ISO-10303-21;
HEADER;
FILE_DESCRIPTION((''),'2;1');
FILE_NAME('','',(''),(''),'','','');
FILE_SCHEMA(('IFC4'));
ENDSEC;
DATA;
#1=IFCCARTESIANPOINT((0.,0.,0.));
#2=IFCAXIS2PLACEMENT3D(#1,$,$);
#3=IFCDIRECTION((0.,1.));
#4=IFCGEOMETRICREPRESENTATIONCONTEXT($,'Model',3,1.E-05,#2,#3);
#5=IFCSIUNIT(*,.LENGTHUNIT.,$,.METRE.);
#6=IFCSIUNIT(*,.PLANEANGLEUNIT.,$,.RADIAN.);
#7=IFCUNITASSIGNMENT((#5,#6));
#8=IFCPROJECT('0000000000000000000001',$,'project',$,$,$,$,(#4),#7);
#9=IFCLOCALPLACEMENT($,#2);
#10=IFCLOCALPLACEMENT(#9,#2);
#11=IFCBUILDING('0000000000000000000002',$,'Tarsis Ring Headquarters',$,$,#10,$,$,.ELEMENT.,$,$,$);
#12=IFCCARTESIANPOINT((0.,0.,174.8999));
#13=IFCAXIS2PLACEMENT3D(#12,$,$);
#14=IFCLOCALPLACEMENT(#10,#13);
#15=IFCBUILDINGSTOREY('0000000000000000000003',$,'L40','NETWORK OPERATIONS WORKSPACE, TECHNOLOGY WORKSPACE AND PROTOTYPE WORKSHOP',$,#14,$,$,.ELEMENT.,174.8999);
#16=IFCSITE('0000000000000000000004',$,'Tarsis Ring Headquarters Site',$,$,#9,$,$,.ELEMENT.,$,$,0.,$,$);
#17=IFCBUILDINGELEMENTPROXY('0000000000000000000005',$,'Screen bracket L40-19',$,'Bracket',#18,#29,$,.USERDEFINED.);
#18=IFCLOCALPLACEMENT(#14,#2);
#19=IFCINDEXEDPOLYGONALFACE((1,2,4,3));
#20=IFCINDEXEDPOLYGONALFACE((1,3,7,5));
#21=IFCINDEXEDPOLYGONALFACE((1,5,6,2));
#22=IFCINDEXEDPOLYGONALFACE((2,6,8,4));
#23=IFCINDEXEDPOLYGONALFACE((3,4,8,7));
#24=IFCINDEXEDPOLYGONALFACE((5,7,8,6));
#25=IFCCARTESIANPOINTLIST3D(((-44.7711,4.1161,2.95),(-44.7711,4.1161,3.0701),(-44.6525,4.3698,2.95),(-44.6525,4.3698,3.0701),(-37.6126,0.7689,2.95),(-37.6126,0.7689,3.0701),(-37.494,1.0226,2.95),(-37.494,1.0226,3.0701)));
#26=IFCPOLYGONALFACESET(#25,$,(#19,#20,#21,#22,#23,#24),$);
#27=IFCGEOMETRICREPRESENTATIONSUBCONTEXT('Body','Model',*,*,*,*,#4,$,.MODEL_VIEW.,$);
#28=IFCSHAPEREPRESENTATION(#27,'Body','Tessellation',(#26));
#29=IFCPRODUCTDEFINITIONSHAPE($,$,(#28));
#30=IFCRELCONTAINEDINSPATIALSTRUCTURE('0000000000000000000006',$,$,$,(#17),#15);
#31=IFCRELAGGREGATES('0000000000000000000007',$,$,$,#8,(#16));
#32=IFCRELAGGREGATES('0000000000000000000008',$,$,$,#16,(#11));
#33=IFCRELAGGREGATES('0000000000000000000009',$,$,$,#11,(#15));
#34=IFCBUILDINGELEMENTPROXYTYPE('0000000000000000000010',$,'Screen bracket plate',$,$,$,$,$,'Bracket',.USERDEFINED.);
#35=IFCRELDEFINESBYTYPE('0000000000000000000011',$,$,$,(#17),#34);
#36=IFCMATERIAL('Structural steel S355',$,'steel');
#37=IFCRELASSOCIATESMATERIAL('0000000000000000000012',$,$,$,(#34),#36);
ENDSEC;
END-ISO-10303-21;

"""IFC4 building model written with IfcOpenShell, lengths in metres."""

from ifc_helpers import new_model, si_unit, direction, frame, origin, origin_2d, place, context, subcontext, project, spatial, rectangle, extrude, material, type_object, element, save


model = new_model("IFC4")

# Units and contexts
model_context = context("Model", 3, precision=1e-05, world=origin(), true_north=direction((0.0, 1.0)))
body_context = subcontext(model_context, "Body", "Model", "MODEL_VIEW")
ifc_project = project(units=[si_unit("LENGTHUNIT", "METRE"), si_unit("PLANEANGLEUNIT", "RADIAN")], contexts=[model_context])

# Site, building, storey
site_placement = place(None, origin())
site = spatial("IfcSite", under=ifc_project, at=site_placement, Name="Tarsis Ring Headquarters Site", CompositionType="ELEMENT", RefElevation=0.0)
building_placement = place(site_placement, origin())
building = spatial("IfcBuilding", under=site, at=building_placement, Name="Tarsis Ring Headquarters", CompositionType="ELEMENT")
storey_placement = place(building_placement, frame((0.0, 0.0, 174.8999)))
storey = spatial("IfcBuildingStorey", under=building, at=storey_placement, Name="L40", Description="NETWORK OPERATIONS WORKSPACE, TECHNOLOGY WORKSPACE AND PROTOTYPE WORKSHOP", CompositionType="ELEMENT", Elevation=174.8999)

# Shared definitions
ifc_material_1 = material(Name="Structural steel S355", Category="steel")

# Building element proxy
building_element_proxy_type = type_object("IfcBuildingElementProxyType", Name="Screen bracket plate", ElementType="Bracket", PredefinedType="USERDEFINED", material=ifc_material_1)
proxy_placement = place(storey_placement, frame((-41.1326, 2.5693, 2.95), z_axis=(0.0, 0.0, 1.0), x_axis=(0.905865, -0.423567, 0.0)))
element("IfcBuildingElementProxy", 1, at=proxy_placement, inside=storey, type_object=building_element_proxy_type, Name="Screen bracket L40-19", ObjectType="Bracket", PredefinedType="USERDEFINED", context=body_context, shape_type="SweptSolid", body=[
    extrude(rectangle(XDim=7.9023, YDim=0.28, at=origin_2d()), origin(), (0.0, 0.0, 1.0), 0.1201),
])

save(model, "model.ifc")
